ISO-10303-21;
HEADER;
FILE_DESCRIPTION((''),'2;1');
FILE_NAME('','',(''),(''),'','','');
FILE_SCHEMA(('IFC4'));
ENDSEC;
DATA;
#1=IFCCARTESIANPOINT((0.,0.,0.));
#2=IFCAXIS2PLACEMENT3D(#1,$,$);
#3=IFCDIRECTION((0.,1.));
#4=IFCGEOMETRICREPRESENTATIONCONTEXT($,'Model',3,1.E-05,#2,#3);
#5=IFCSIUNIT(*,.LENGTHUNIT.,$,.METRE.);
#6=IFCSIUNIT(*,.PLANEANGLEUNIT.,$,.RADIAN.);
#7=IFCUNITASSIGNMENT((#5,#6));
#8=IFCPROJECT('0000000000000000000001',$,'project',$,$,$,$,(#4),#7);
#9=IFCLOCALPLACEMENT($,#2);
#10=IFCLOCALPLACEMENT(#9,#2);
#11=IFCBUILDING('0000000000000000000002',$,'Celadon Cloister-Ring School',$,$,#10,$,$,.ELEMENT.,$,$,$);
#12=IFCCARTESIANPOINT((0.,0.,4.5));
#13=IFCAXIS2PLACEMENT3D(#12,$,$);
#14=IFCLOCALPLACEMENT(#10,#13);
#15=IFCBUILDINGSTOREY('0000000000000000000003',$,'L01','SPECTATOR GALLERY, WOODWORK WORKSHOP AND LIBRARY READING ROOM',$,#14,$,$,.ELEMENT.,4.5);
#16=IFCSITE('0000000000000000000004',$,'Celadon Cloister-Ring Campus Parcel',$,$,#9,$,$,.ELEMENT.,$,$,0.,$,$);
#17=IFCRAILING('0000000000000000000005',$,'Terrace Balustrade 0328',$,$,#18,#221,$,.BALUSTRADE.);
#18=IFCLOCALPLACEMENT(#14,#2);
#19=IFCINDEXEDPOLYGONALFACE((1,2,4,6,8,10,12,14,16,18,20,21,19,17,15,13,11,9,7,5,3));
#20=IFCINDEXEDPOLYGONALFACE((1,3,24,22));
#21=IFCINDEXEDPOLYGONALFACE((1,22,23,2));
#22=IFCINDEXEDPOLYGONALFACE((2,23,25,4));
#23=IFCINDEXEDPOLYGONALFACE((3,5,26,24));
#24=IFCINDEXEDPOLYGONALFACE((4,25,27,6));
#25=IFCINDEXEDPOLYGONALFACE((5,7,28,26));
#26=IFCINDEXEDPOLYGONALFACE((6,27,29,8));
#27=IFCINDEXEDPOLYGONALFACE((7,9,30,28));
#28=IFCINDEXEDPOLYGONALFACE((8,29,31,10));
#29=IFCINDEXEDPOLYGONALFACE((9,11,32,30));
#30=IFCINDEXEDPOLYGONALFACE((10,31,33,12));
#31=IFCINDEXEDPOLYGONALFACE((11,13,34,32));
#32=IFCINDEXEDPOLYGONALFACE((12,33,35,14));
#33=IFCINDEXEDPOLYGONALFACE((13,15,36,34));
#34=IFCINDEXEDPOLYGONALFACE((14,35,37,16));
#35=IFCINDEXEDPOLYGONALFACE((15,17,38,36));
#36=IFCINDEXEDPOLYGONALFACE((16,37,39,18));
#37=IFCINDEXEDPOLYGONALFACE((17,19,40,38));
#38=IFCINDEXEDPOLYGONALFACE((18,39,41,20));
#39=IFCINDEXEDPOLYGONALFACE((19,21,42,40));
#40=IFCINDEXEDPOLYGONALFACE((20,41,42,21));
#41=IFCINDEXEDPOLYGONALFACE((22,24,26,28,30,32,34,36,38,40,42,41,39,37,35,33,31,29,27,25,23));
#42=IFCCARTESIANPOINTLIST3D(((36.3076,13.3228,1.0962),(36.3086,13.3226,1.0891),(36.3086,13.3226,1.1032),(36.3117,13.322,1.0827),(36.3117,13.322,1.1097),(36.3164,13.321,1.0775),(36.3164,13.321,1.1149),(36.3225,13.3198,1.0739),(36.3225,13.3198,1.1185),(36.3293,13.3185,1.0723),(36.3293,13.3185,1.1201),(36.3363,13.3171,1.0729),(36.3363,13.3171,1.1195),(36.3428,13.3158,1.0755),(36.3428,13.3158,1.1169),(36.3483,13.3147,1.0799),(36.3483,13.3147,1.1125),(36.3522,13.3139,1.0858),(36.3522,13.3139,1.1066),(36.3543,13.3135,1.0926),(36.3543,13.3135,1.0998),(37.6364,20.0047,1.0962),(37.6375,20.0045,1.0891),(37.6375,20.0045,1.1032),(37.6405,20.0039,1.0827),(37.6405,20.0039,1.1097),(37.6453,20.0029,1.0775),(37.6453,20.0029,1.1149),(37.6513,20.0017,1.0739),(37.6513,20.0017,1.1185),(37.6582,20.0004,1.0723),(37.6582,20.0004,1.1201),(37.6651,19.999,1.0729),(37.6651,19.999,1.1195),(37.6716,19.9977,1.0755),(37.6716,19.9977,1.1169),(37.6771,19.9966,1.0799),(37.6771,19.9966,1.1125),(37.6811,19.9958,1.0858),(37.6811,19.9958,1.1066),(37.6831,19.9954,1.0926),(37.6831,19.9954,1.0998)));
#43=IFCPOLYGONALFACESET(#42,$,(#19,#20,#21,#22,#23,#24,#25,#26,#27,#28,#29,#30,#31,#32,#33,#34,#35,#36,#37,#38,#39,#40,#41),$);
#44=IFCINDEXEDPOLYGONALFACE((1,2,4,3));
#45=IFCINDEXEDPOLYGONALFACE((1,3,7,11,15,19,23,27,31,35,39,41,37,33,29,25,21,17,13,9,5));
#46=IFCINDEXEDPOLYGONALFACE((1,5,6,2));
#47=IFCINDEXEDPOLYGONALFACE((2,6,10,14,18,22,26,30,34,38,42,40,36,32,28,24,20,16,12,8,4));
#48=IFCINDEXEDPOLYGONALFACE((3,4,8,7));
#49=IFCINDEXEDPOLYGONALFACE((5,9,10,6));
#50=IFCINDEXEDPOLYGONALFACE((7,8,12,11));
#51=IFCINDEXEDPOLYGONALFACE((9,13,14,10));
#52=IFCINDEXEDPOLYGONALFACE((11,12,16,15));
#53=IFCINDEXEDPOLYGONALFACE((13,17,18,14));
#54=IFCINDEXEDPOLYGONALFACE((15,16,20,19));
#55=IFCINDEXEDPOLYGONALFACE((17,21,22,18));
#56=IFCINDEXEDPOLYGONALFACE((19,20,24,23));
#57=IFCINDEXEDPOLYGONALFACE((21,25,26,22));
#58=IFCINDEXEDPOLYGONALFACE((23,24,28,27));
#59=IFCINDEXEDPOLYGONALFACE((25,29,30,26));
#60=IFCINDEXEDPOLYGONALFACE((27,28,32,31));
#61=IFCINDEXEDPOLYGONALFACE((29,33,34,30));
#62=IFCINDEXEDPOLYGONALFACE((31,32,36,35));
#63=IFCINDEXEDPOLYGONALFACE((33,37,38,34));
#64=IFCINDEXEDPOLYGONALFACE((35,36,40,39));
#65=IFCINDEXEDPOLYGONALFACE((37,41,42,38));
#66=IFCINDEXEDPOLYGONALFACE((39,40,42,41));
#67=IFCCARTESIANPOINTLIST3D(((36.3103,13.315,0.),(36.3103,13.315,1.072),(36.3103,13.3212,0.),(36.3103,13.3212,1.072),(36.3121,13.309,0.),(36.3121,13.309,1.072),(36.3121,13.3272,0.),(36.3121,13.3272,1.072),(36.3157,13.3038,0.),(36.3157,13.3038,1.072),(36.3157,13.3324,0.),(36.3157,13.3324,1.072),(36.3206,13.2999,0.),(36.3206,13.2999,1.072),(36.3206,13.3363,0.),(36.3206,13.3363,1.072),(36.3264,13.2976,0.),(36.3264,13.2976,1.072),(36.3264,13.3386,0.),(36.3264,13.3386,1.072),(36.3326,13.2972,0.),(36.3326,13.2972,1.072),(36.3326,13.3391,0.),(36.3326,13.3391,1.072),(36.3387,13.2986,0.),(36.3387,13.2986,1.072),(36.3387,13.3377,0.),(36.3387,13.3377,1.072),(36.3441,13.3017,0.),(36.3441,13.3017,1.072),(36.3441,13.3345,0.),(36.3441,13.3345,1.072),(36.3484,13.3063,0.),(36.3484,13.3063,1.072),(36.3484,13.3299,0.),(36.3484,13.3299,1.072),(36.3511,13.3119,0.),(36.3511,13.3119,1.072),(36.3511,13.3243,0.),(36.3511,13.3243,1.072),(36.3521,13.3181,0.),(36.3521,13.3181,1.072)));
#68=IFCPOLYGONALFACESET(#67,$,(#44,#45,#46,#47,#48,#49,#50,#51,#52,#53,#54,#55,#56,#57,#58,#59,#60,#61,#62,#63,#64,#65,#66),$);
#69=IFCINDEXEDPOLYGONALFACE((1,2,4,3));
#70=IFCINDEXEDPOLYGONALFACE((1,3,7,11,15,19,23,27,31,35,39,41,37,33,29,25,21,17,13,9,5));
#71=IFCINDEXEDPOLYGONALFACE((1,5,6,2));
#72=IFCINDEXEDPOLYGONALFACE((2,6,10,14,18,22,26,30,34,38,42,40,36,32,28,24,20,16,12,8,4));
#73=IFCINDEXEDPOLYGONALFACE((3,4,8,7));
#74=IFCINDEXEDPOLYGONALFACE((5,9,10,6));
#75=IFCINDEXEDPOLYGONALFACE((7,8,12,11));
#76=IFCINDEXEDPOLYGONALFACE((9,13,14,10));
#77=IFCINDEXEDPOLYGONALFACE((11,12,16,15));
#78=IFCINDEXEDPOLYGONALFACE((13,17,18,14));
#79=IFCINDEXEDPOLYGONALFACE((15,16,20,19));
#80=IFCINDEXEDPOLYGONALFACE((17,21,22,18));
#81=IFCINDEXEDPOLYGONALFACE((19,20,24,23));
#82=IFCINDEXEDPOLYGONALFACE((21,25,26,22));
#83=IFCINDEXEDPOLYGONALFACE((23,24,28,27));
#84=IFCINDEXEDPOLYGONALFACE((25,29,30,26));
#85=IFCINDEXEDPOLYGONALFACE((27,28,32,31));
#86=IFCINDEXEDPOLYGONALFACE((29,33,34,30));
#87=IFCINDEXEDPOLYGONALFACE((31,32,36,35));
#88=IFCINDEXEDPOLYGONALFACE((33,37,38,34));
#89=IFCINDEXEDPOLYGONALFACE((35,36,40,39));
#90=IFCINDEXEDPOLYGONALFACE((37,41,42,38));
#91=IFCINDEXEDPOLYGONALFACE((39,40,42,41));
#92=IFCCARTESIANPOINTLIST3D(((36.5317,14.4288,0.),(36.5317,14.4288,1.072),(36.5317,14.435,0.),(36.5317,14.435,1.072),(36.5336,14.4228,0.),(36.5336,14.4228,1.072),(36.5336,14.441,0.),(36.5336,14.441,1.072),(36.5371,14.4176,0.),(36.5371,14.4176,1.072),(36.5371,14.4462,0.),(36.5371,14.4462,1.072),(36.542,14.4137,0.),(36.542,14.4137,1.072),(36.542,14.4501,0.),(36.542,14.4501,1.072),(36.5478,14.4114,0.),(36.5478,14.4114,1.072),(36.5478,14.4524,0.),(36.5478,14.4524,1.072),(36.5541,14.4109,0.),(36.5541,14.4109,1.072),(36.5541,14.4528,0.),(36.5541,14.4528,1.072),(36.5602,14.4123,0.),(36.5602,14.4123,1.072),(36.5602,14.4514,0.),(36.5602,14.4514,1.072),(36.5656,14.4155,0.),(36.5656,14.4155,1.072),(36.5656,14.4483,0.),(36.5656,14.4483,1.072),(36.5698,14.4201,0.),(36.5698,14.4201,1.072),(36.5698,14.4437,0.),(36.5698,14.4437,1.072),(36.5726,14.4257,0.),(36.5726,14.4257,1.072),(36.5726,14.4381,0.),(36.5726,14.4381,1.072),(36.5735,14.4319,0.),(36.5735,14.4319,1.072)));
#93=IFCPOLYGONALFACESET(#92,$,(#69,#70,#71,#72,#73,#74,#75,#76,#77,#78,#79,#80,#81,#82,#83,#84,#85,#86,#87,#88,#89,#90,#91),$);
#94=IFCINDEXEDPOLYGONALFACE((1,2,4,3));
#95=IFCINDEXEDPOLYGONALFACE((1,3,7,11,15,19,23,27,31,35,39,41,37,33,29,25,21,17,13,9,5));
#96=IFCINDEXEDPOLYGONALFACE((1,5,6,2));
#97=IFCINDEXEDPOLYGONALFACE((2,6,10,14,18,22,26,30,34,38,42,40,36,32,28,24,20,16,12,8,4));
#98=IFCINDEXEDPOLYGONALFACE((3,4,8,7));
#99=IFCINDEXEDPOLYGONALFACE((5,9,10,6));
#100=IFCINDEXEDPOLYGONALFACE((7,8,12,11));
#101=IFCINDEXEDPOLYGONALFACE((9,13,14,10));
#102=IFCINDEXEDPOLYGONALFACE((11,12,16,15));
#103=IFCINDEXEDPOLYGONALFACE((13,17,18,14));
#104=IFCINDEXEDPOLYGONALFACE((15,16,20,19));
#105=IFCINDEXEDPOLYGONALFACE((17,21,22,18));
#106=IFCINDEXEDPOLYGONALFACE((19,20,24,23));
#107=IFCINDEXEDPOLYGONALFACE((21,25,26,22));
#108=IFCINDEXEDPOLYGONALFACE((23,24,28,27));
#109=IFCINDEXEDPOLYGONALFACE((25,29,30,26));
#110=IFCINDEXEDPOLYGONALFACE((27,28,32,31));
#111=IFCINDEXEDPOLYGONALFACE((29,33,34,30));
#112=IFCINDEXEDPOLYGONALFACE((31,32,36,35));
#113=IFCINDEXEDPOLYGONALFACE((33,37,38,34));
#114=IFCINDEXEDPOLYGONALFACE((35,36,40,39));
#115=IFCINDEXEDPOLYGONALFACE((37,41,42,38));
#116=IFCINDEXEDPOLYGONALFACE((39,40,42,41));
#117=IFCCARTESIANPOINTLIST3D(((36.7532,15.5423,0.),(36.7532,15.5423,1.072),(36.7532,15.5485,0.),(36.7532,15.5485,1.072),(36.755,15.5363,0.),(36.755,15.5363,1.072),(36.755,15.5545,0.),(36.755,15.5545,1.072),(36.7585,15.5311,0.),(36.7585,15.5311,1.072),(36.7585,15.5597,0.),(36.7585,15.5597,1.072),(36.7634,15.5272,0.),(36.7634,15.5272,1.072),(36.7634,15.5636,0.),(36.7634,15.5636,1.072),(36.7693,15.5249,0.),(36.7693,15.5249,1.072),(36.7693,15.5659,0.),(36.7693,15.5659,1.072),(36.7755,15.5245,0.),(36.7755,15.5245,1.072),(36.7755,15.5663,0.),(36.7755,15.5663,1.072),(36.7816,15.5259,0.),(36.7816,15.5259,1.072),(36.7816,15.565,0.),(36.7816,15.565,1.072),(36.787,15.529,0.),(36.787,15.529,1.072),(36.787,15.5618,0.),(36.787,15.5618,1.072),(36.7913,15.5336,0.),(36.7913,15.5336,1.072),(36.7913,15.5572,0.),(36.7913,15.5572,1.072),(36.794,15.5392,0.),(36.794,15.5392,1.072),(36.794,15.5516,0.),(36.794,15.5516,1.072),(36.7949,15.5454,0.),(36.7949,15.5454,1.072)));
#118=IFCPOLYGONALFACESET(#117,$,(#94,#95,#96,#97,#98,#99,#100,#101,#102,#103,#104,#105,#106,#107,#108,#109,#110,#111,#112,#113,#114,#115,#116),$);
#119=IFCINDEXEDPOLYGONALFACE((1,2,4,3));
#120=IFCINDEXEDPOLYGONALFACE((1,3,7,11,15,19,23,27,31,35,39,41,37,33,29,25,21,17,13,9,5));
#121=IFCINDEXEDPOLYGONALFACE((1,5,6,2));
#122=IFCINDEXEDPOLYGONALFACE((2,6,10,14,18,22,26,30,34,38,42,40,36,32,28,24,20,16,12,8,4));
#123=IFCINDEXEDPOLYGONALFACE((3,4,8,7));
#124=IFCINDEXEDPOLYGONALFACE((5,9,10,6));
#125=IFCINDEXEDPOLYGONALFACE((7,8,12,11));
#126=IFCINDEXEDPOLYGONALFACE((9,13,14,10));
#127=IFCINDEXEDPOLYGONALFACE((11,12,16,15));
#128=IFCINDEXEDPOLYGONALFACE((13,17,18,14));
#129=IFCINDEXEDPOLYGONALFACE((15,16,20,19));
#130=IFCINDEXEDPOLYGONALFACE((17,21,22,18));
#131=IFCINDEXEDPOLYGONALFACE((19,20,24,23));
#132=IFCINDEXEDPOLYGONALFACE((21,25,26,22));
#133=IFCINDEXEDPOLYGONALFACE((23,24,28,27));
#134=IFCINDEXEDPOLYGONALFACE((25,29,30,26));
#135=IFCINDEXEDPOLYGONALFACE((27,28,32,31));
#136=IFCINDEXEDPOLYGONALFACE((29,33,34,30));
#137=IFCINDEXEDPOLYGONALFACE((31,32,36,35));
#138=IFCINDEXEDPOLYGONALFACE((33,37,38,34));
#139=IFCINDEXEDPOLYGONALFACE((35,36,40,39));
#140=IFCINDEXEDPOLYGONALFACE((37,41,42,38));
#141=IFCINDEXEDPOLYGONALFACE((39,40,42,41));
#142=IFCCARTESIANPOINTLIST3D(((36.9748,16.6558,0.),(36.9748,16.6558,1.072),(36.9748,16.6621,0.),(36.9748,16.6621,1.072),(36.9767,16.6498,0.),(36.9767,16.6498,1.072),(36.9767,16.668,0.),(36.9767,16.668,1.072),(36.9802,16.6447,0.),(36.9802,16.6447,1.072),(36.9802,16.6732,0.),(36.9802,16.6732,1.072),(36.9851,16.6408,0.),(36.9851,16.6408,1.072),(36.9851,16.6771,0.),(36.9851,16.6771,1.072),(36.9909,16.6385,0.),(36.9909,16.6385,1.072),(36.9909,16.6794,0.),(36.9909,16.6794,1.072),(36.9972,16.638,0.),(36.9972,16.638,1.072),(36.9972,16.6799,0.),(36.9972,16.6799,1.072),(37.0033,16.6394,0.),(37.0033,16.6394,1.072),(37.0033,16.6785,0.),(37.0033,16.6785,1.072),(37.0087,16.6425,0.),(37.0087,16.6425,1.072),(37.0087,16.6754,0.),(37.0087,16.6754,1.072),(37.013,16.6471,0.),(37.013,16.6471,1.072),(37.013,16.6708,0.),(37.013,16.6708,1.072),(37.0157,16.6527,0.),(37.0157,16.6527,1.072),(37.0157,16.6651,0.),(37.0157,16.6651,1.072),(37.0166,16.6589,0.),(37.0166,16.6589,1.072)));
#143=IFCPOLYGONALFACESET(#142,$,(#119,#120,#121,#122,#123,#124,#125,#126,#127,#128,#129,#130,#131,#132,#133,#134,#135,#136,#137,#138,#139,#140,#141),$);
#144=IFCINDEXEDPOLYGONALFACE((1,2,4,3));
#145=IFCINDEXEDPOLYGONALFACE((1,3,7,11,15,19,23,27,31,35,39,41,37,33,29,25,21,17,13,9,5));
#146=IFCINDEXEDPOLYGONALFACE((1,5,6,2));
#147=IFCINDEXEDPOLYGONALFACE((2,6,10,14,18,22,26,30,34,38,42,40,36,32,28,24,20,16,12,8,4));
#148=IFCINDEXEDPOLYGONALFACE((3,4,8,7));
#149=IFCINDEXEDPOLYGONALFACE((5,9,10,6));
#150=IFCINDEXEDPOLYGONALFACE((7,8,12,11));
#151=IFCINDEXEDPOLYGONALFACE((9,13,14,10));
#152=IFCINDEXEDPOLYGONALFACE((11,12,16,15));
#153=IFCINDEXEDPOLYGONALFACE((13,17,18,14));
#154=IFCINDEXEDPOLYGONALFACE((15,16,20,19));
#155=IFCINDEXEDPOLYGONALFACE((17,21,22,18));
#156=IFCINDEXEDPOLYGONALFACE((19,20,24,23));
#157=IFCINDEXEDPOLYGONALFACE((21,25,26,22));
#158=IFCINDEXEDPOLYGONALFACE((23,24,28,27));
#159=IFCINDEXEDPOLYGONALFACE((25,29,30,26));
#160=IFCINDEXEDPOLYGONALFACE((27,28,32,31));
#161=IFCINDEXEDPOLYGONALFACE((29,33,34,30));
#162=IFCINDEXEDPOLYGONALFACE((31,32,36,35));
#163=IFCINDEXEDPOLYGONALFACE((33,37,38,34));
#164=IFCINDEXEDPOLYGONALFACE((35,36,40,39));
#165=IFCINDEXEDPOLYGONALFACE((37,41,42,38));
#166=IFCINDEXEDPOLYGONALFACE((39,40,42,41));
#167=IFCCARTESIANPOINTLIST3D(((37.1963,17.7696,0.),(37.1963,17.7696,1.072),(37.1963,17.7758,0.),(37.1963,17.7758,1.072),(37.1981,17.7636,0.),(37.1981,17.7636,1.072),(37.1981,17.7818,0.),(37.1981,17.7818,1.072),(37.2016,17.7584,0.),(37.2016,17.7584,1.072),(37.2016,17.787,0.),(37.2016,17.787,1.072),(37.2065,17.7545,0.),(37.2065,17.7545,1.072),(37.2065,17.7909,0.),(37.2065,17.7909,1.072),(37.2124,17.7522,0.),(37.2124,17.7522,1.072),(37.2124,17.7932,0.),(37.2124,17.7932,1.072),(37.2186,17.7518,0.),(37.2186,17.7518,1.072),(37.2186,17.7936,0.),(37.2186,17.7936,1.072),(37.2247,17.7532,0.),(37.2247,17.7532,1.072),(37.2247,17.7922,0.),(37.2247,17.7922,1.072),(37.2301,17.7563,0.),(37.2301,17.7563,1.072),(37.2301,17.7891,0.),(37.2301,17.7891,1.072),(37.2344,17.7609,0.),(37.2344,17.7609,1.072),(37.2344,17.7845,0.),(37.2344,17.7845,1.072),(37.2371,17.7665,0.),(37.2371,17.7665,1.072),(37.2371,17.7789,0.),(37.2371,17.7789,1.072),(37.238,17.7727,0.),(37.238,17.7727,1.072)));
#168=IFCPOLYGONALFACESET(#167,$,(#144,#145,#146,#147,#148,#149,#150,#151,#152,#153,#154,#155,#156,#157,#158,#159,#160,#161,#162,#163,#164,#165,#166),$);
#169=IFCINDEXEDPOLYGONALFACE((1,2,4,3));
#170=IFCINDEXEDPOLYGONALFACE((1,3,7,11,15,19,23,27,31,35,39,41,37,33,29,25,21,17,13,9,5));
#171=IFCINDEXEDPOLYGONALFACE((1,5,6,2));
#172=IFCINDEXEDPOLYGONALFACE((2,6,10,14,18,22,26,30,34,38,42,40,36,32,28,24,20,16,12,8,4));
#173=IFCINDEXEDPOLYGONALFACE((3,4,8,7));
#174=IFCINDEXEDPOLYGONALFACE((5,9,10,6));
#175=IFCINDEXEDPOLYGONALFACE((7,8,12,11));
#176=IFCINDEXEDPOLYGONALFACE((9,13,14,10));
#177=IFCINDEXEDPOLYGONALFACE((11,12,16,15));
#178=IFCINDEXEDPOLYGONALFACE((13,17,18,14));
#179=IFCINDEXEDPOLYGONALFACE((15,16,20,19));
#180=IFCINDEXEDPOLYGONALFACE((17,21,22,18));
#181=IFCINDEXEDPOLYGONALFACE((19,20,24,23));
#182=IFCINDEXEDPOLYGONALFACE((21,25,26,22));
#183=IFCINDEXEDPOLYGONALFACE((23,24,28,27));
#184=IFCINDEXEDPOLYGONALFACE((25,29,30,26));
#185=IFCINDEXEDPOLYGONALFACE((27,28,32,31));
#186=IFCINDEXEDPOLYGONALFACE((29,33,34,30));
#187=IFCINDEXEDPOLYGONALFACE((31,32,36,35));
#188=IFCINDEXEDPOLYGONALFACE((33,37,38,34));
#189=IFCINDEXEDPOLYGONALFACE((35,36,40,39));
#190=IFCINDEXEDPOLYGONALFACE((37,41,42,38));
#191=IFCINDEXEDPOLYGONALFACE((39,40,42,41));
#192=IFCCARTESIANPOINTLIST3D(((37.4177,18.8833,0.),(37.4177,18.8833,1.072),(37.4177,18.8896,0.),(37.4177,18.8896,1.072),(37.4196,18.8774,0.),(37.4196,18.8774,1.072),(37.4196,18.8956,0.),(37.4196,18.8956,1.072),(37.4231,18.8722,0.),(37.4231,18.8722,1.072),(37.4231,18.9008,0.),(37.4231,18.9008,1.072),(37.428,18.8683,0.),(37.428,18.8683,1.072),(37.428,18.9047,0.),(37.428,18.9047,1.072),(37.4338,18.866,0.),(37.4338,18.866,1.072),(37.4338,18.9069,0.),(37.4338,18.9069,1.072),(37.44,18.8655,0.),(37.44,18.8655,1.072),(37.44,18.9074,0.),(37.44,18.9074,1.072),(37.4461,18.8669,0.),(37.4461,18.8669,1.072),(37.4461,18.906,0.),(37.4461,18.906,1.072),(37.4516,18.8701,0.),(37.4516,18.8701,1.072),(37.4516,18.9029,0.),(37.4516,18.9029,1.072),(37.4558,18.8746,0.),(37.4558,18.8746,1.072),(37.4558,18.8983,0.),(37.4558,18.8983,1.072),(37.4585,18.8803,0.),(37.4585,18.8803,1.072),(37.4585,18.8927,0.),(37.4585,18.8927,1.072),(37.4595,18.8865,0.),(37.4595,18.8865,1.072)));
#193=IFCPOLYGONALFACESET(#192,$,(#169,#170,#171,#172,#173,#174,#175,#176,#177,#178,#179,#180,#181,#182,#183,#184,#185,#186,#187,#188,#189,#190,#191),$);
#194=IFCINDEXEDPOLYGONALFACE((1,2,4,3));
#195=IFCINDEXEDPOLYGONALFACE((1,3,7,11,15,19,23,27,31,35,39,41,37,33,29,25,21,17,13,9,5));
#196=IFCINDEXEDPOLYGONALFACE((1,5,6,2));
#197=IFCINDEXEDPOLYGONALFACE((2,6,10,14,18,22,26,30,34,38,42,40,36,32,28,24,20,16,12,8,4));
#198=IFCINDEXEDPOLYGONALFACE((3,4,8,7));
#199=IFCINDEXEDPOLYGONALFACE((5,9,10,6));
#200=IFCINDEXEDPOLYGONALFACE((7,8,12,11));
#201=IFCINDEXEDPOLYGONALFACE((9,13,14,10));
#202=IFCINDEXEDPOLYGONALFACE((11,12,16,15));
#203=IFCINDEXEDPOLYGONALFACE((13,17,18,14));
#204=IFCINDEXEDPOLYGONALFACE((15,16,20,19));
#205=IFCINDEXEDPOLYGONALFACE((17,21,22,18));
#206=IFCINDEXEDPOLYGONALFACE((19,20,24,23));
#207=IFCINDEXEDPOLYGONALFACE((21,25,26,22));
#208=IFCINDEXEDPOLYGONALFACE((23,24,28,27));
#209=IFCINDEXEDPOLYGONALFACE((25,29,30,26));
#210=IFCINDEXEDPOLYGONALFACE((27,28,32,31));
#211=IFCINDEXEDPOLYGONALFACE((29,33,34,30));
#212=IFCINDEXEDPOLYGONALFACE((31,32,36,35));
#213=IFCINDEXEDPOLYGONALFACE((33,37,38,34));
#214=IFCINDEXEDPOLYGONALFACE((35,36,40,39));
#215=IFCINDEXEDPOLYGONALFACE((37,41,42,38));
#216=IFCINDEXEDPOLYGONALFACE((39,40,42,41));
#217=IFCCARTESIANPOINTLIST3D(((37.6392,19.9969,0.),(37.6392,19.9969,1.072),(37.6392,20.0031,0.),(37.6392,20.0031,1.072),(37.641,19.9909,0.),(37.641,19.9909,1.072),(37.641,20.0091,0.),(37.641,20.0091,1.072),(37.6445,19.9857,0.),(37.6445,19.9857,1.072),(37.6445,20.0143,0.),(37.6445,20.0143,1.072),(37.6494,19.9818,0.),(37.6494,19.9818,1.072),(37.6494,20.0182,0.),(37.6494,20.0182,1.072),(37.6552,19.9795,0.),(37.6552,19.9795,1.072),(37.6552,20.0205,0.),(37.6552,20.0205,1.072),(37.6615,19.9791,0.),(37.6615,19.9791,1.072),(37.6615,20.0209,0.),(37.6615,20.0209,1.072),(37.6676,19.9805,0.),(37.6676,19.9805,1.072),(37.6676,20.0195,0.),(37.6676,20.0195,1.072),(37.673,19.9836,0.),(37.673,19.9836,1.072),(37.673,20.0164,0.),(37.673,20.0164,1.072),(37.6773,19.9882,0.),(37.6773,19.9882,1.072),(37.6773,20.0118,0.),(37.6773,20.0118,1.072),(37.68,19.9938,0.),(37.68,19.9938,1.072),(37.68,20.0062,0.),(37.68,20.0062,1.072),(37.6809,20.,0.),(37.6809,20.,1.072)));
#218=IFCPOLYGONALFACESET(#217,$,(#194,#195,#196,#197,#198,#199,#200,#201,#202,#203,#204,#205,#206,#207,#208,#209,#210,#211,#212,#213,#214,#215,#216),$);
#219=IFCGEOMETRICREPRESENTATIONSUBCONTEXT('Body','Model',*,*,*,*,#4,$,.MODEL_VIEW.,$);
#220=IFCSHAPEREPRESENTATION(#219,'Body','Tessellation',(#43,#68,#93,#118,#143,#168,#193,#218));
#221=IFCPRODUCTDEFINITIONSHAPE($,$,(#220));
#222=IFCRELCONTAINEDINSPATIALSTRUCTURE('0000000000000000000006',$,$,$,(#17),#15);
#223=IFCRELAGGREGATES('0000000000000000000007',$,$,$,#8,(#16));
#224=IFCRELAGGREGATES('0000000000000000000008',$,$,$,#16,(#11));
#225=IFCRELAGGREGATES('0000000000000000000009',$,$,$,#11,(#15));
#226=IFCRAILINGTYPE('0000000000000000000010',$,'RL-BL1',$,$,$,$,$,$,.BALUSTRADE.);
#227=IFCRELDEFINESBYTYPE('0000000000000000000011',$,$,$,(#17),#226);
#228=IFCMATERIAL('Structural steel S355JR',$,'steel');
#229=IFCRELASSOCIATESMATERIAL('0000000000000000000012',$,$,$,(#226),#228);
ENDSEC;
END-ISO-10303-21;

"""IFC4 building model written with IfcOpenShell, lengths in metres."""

from ifc_helpers import new_model, si_unit, direction, frame, origin, origin_2d, place, context, subcontext, project, spatial, circle, extrude, material, type_object, element, save


model = new_model("IFC4")

# Units and contexts
model_context = context("Model", 3, precision=1e-05, world=origin(), true_north=direction((0.0, 1.0)))
body_context = subcontext(model_context, "Body", "Model", "MODEL_VIEW")
ifc_project = project(units=[si_unit("LENGTHUNIT", "METRE"), si_unit("PLANEANGLEUNIT", "RADIAN")], contexts=[model_context])

# Site, building, storey
site_placement = place(None, origin())
site = spatial("IfcSite", under=ifc_project, at=site_placement, Name="Celadon Cloister-Ring Campus Parcel", CompositionType="ELEMENT", RefElevation=0.0)
building_placement = place(site_placement, origin())
building = spatial("IfcBuilding", under=site, at=building_placement, Name="Celadon Cloister-Ring School", CompositionType="ELEMENT")
storey_placement = place(building_placement, frame((0.0, 0.0, 4.5)))
storey = spatial("IfcBuildingStorey", under=building, at=storey_placement, Name="L01", Description="SPECTATOR GALLERY, WOODWORK WORKSHOP AND LIBRARY READING ROOM", CompositionType="ELEMENT", Elevation=4.5)

# Railing
ifc_material_1 = material(Name="Structural steel S355JR", Category="steel")
railing_type = type_object("IfcRailingType", Name="RL-BL1", PredefinedType="BALUSTRADE", material=ifc_material_1)
railing_placement = place(storey_placement, frame((36.3311, 13.3181, 0.0)))
element("IfcRailing", 1, at=railing_placement, inside=storey, type_object=railing_type, Name="Terrace Balustrade 0328", PredefinedType="BALUSTRADE", context=body_context, shape_type="SweptSolid", body=[
    extrude(circle(Radius=0.0239, at=origin_2d()), frame((0.0, 0.0, 1.0962), z_axis=(0.195055, 0.980792, 0.0), x_axis=(-0.980792, 0.195055, 0.0)), (0.0, 0.0, 1.0), 6.8127),
    extrude(circle(Radius=0.021, at=origin_2d()), origin(), (0.0, 0.0, 1.0), 1.072),
    extrude(circle(Radius=0.021, at=origin_2d()), frame((0.2214, 1.1138, 0.0)), (0.0, 0.0, 1.0), 1.072),
    extrude(circle(Radius=0.021, at=origin_2d()), frame((0.4429, 2.2273, 0.0)), (0.0, 0.0, 1.0), 1.072),
    extrude(circle(Radius=0.021, at=origin_2d()), frame((0.6646, 3.3408, 0.0)), (0.0, 0.0, 1.0), 1.072),
    extrude(circle(Radius=0.021, at=origin_2d()), frame((0.886, 4.4546, 0.0)), (0.0, 0.0, 1.0), 1.072),
    extrude(circle(Radius=0.021, at=origin_2d()), frame((1.1074, 5.5684, 0.0)), (0.0, 0.0, 1.0), 1.072),
    extrude(circle(Radius=0.021, at=origin_2d()), frame((1.3289, 6.6819, 0.0)), (0.0, 0.0, 1.0), 1.072),
])

save(model, "model.ifc")
